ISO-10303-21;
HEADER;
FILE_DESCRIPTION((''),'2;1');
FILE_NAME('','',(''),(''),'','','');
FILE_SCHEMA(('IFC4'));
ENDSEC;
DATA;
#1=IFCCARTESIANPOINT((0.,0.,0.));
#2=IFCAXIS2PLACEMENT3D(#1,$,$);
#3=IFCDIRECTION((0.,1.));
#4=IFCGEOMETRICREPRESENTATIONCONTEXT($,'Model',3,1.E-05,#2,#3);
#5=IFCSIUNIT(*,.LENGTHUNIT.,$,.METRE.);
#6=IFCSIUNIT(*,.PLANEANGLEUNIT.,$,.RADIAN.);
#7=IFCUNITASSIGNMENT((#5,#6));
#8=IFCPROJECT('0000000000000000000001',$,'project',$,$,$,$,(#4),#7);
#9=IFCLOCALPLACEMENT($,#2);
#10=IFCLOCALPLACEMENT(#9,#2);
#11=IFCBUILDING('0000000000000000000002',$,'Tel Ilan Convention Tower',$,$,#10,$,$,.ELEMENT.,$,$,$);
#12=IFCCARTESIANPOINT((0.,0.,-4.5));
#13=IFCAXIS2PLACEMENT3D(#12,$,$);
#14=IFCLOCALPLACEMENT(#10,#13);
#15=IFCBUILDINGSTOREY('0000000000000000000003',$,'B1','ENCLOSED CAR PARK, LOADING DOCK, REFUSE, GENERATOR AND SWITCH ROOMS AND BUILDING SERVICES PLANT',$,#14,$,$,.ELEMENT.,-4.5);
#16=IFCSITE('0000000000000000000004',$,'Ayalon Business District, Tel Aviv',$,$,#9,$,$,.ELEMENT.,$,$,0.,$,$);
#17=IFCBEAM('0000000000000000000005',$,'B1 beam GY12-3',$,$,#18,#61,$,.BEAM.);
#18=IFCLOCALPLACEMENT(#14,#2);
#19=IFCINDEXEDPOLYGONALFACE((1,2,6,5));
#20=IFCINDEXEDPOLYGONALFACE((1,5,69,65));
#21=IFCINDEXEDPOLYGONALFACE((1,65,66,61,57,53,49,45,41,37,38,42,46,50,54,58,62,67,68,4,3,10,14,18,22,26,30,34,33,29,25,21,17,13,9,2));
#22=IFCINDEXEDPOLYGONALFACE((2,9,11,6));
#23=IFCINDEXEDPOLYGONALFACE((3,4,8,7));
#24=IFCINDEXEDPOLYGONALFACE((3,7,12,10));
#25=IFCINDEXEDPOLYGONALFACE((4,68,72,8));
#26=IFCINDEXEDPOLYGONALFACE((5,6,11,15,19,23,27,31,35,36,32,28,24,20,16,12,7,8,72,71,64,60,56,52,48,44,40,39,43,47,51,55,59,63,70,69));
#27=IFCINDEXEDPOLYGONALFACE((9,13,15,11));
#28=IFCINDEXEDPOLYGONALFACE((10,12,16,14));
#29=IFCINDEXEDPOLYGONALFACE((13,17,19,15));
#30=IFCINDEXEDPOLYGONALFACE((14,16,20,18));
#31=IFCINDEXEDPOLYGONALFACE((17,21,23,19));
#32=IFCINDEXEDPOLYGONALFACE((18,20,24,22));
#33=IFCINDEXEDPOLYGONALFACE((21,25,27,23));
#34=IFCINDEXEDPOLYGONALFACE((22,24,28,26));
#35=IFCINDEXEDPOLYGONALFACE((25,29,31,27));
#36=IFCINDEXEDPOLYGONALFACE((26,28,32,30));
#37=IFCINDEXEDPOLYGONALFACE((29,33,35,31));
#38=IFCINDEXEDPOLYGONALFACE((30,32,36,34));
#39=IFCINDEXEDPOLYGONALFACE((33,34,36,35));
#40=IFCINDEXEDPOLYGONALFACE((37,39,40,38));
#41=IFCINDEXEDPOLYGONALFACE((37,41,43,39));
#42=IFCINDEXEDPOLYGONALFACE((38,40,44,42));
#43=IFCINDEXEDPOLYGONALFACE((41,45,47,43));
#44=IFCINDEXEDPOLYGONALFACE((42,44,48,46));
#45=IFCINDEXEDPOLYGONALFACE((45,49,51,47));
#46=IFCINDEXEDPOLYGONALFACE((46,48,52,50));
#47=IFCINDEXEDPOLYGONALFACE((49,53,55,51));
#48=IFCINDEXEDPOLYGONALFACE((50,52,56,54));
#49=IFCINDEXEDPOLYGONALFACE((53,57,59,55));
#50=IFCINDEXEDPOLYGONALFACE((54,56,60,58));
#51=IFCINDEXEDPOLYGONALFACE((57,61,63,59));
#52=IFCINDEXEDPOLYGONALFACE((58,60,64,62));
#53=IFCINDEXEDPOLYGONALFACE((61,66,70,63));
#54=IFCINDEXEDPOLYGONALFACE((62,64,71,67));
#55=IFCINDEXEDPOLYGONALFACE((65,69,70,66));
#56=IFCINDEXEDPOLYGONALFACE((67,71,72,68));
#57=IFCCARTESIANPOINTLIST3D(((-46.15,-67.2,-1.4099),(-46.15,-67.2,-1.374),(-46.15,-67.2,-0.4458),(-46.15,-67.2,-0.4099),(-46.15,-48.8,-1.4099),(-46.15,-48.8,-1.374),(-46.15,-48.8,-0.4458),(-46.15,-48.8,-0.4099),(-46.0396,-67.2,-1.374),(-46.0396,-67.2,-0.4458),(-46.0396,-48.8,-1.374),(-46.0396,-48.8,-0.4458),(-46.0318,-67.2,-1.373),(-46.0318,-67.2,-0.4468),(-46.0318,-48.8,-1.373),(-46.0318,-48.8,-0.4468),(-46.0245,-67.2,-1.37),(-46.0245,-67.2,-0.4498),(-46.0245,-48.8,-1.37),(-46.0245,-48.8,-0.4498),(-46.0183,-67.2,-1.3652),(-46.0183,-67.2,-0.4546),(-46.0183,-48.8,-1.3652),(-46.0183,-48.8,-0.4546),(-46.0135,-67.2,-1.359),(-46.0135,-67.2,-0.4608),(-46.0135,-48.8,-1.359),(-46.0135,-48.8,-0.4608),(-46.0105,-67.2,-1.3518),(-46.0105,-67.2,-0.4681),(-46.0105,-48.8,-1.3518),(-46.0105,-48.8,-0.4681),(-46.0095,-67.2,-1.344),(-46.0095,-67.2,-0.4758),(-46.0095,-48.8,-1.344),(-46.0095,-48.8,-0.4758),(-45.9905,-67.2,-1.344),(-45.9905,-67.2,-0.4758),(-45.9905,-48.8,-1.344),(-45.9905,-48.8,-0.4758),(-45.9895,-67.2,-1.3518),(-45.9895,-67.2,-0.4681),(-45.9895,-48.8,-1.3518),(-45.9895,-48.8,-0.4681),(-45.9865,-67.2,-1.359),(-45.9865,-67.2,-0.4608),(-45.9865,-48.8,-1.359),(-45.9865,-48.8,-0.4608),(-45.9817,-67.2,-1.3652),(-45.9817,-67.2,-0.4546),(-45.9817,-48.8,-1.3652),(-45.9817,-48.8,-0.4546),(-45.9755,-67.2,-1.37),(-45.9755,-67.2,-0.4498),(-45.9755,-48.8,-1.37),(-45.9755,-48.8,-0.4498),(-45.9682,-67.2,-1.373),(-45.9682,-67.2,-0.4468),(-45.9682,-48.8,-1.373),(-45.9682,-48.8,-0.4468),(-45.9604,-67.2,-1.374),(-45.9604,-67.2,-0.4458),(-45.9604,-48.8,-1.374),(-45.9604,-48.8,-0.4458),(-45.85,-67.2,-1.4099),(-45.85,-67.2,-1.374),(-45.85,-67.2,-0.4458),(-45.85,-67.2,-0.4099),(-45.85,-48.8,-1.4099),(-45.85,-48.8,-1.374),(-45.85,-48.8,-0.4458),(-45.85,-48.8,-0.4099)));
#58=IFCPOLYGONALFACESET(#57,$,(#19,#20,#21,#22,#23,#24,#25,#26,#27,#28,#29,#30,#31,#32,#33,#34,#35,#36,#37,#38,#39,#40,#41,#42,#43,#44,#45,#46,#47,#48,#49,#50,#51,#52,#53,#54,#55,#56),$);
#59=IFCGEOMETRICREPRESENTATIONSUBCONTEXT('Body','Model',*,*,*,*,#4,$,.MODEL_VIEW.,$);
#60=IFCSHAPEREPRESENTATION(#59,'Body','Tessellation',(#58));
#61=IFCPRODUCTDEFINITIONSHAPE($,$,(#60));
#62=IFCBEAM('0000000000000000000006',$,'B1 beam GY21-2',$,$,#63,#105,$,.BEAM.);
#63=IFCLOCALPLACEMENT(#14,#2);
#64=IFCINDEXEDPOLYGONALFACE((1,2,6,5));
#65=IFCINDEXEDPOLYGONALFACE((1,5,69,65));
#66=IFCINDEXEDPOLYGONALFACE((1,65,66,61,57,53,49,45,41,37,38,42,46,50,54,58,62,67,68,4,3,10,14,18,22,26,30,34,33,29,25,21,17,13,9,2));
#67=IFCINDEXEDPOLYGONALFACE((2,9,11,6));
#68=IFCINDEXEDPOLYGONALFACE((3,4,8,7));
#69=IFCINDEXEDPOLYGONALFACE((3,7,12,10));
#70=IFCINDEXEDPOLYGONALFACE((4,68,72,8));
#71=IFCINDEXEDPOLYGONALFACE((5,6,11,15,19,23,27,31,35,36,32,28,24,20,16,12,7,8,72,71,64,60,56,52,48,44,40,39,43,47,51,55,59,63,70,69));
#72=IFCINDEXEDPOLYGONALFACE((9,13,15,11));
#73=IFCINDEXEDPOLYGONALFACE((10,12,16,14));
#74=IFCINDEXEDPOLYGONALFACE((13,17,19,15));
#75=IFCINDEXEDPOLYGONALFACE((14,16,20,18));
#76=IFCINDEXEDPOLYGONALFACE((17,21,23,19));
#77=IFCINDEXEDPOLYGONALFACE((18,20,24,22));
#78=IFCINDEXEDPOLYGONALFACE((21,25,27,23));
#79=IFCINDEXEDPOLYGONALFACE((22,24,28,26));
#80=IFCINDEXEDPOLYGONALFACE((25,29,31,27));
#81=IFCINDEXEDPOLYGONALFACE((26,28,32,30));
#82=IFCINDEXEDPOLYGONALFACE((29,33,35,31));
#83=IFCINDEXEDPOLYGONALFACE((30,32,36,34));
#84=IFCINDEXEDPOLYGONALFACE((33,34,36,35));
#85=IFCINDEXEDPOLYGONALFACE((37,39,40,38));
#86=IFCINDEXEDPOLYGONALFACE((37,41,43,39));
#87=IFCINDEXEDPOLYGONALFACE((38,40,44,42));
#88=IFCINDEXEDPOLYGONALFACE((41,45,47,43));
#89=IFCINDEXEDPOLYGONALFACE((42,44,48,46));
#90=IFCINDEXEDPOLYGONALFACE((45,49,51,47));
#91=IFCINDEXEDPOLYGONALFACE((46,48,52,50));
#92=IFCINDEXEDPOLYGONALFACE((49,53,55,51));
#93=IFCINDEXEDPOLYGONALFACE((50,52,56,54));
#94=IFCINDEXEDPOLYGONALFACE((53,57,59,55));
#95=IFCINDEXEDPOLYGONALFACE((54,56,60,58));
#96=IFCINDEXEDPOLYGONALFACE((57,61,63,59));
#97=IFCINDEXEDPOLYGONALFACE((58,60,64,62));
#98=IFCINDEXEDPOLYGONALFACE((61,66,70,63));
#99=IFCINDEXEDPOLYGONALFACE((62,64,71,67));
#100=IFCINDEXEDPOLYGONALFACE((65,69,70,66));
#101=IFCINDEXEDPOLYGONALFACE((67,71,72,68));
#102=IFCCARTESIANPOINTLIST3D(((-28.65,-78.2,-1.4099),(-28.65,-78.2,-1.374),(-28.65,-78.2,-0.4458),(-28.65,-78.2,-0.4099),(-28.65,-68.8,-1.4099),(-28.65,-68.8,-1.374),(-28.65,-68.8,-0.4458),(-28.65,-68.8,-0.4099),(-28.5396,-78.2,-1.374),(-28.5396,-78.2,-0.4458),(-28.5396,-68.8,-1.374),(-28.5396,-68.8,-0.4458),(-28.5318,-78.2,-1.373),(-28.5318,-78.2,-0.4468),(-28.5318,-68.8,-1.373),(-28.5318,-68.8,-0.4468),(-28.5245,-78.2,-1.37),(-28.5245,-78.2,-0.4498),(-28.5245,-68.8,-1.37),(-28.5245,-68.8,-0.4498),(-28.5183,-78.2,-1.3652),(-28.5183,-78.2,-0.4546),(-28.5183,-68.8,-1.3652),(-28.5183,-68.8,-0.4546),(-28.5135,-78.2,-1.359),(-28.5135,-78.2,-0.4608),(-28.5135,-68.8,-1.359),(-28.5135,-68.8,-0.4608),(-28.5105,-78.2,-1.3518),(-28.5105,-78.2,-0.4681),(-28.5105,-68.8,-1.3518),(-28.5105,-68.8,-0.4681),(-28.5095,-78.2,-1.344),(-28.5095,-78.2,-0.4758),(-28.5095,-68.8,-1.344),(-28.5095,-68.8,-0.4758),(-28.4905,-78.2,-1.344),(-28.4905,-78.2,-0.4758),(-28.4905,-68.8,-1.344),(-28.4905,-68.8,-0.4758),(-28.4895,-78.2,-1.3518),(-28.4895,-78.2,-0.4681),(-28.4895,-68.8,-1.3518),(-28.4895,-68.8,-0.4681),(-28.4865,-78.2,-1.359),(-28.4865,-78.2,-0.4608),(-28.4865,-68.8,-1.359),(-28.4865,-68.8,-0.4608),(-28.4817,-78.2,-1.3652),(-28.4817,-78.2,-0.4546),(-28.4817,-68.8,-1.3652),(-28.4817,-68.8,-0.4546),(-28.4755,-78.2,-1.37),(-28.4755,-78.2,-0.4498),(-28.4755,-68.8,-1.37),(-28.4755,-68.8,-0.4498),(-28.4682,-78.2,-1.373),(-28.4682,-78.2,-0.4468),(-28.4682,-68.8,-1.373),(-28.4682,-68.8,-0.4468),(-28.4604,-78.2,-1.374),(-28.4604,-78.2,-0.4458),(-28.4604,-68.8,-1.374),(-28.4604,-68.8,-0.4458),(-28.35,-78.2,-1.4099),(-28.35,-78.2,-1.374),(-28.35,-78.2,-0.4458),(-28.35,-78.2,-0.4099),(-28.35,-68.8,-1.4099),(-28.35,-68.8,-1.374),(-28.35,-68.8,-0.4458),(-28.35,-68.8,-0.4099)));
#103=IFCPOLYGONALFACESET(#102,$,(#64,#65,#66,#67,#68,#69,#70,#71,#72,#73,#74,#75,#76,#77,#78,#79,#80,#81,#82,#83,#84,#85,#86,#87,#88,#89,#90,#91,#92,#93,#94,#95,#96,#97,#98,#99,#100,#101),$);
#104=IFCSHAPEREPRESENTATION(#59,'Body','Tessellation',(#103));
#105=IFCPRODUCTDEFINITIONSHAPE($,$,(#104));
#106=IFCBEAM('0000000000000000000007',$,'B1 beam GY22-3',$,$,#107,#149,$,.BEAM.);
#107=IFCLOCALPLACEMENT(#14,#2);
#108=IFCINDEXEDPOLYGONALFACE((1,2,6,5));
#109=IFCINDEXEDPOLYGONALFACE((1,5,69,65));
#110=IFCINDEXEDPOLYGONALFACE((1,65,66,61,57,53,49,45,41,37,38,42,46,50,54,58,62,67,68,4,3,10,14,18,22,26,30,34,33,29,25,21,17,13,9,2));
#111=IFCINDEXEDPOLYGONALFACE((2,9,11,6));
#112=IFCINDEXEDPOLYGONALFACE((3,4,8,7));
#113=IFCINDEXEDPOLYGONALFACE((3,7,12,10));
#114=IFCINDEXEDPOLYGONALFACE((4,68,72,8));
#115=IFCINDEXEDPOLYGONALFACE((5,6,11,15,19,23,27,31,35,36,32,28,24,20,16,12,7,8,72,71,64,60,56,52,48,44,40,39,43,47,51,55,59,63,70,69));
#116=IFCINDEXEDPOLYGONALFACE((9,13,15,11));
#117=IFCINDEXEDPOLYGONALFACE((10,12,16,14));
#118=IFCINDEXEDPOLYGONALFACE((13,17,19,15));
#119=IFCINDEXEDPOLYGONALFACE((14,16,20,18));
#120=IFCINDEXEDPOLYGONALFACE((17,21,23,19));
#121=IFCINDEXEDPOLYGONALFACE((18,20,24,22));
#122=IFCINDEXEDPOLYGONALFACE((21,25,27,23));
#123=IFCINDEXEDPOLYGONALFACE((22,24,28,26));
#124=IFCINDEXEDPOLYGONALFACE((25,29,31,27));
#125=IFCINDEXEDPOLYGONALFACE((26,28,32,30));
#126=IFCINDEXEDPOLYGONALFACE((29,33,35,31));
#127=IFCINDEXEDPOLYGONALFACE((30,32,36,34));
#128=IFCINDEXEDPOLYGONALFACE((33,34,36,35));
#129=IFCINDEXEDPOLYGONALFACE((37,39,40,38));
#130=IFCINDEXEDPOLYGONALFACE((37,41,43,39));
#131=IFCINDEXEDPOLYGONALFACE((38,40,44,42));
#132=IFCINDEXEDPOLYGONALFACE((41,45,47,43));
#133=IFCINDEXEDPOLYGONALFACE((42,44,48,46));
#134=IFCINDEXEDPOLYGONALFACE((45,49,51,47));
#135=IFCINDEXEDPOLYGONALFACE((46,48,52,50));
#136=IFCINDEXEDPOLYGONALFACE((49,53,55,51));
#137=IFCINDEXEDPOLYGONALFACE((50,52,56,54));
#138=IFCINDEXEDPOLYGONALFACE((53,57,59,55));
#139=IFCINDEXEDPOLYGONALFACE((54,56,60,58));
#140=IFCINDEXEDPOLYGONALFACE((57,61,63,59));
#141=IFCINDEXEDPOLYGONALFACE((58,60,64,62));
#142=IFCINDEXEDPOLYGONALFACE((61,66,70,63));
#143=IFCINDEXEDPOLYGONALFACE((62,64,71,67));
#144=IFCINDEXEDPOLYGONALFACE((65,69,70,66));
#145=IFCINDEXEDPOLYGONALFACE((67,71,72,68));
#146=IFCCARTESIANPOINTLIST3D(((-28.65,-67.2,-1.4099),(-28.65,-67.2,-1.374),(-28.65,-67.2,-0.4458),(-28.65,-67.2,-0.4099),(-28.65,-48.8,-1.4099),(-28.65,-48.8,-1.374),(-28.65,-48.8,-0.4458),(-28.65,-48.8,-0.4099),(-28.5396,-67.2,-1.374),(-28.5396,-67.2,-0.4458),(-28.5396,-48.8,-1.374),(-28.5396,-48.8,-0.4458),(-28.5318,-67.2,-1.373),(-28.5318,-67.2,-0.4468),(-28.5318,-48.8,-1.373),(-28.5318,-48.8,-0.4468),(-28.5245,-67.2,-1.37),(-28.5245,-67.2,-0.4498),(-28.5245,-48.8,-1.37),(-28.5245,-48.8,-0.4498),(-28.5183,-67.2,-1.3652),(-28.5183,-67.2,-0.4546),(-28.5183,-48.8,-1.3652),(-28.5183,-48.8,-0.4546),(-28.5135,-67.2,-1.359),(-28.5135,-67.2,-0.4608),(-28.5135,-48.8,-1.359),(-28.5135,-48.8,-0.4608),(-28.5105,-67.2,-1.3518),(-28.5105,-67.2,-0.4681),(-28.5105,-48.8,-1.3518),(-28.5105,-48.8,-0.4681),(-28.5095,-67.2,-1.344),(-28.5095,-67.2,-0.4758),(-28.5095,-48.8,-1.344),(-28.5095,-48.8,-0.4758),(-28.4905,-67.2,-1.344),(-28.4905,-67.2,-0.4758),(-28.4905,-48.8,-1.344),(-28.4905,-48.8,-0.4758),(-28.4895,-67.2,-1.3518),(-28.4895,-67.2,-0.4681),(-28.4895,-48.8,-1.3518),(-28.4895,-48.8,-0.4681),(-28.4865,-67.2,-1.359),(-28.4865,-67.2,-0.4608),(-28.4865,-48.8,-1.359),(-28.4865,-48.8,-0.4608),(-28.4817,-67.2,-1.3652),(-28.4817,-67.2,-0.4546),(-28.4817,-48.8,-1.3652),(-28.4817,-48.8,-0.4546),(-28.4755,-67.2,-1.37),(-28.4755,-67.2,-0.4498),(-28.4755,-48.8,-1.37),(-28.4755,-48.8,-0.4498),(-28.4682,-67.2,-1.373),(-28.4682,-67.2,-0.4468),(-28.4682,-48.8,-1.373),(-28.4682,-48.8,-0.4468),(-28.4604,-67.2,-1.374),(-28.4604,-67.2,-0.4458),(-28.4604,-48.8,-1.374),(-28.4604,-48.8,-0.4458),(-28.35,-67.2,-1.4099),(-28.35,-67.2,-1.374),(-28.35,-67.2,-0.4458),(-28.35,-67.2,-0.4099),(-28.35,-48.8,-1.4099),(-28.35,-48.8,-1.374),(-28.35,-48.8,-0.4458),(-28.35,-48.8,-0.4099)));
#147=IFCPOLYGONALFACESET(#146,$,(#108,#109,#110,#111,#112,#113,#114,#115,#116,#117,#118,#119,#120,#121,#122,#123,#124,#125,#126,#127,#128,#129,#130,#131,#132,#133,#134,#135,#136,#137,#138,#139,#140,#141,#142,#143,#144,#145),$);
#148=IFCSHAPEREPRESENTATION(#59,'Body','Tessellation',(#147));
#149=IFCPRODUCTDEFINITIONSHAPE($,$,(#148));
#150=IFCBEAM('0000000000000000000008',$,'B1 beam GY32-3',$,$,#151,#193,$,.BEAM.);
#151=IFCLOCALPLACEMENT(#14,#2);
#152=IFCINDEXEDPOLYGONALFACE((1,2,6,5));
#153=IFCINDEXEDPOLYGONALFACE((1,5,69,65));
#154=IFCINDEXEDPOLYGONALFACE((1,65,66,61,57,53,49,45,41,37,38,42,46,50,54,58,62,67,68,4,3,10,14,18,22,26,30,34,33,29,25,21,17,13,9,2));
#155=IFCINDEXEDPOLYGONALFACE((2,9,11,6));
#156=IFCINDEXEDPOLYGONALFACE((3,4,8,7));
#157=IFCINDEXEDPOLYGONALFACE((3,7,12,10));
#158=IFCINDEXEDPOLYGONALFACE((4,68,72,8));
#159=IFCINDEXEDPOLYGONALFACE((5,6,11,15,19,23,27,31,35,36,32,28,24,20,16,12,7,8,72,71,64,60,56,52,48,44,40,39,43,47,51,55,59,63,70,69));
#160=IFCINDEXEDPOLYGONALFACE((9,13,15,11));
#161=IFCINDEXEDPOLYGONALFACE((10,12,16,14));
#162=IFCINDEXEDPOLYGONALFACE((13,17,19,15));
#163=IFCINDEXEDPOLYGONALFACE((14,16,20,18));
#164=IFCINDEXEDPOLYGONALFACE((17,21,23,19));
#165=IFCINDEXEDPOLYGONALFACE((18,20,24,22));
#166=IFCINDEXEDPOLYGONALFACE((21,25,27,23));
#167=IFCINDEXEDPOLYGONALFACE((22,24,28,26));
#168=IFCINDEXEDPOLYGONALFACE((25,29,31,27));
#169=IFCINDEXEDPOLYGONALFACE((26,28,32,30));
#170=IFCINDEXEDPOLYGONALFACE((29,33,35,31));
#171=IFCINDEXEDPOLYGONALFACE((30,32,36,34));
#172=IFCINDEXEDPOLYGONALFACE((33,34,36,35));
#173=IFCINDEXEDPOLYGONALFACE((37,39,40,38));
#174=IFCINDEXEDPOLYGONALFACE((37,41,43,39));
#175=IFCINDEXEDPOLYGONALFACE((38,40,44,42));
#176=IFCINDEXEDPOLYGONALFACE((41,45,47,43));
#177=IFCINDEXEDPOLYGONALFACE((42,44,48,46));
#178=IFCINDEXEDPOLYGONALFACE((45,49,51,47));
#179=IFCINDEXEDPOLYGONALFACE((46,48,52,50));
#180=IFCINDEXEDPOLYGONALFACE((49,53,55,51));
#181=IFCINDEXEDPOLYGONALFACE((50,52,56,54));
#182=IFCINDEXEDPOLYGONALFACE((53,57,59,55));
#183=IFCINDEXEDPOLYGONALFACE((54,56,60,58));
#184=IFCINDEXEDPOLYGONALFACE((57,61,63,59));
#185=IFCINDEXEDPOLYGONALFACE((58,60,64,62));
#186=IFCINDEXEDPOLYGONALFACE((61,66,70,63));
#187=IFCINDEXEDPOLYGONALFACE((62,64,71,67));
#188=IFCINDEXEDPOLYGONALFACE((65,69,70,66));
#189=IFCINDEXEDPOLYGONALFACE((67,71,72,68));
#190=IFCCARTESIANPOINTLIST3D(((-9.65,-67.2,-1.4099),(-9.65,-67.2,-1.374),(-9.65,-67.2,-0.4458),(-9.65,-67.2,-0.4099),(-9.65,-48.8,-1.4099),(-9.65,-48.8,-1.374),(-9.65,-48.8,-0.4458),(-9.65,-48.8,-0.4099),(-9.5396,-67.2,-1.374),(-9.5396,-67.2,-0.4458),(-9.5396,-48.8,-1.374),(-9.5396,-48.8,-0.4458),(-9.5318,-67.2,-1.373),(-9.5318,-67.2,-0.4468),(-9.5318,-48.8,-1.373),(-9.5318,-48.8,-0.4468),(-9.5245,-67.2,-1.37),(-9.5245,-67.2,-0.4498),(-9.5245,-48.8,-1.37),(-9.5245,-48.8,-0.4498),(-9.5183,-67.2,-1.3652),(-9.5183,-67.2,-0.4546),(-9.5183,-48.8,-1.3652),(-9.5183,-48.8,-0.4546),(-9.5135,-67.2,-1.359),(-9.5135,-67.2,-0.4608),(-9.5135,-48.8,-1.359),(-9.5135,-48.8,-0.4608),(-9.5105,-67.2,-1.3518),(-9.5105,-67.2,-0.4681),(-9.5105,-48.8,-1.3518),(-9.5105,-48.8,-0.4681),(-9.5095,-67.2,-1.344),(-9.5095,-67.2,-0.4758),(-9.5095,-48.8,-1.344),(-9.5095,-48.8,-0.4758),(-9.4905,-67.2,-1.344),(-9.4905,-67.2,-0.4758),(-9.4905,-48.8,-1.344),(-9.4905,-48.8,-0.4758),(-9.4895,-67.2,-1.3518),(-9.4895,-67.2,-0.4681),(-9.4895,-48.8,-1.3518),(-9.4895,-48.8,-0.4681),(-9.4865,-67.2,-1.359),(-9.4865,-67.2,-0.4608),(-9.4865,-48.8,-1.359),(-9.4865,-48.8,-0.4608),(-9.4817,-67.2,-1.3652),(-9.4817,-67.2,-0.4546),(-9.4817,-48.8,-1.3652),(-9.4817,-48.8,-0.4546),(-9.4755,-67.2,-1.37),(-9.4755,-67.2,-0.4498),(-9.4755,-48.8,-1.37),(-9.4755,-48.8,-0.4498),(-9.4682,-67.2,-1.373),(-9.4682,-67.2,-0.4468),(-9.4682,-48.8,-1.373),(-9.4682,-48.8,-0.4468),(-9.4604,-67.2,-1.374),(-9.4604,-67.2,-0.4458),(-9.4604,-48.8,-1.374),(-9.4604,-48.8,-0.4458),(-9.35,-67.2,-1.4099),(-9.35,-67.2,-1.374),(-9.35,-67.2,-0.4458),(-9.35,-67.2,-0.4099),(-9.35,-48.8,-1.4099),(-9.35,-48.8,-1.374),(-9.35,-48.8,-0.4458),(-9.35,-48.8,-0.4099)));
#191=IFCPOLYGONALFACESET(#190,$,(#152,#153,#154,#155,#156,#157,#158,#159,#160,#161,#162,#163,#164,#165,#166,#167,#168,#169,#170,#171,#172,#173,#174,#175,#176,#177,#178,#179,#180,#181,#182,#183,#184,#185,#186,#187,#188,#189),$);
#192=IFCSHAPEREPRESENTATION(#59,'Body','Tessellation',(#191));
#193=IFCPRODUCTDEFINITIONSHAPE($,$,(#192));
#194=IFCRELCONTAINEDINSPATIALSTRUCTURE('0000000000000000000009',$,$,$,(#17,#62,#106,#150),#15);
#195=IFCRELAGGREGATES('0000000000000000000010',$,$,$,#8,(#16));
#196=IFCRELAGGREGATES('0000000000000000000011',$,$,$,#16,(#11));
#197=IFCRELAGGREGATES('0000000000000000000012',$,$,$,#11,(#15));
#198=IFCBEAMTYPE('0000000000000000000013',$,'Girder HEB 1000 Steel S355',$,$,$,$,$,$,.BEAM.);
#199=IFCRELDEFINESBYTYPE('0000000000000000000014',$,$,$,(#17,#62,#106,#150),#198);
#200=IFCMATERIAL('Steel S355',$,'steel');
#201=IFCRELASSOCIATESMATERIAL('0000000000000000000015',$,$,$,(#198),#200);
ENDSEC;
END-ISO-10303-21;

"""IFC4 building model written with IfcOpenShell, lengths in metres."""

from ifc_helpers import new_model, si_unit, direction, frame, origin, origin_2d, place, context, subcontext, project, spatial, i_section, extrude, material, material_profile, profile_set, type_object, element, save


model = new_model("IFC4")

# Units and contexts
model_context = context("Model", 3, precision=1e-05, world=origin(), true_north=direction((0.0, 1.0)))
body_context = subcontext(model_context, "Body", "Model", "MODEL_VIEW")
ifc_project = project(units=[si_unit("LENGTHUNIT", "METRE"), si_unit("PLANEANGLEUNIT", "RADIAN")], contexts=[model_context])

# Site, building, storey
site_placement = place(None, origin())
site = spatial("IfcSite", under=ifc_project, at=site_placement, Name="Ayalon Business District, Tel Aviv", CompositionType="ELEMENT", RefElevation=0.0)
building_placement = place(site_placement, origin())
building = spatial("IfcBuilding", under=site, at=building_placement, Name="Tel Ilan Convention Tower", CompositionType="ELEMENT")
storey_placement = place(building_placement, frame((0.0, 0.0, -4.5)))
storey = spatial("IfcBuildingStorey", under=building, at=storey_placement, Name="B1", Description="ENCLOSED CAR PARK, LOADING DOCK, REFUSE, GENERATOR AND SWITCH ROOMS AND BUILDING SERVICES PLANT", CompositionType="ELEMENT", Elevation=-4.5)

# Beams
ifc_material_1 = material(Name="Steel S355", Category="steel")
ifc_material_profile_1 = material_profile(ifc_material_1, i_section(OverallWidth=0.3, OverallDepth=1.0, WebThickness=0.019, FlangeThickness=0.0359, FilletRadius=0.03, at=origin_2d()), Name="HEB 1000")
ifc_profile_set_1 = profile_set([ifc_material_profile_1], Name="Steel S355")
beam_type_1 = type_object("IfcBeamType", Name="Girder HEB 1000 Steel S355", PredefinedType="BEAM", material=ifc_profile_set_1)
beam_1_placement = place(storey_placement, frame((-46.0, -67.2, -0.9099), z_axis=(0.0, 1.0, 0.0), x_axis=(-1.0, 0.0, 0.0)))
element("IfcBeam", 1, at=beam_1_placement, inside=storey, type_object=beam_type_1, Name="B1 beam GY12-3", PredefinedType="BEAM", context=body_context, shape_type="SweptSolid", body=[
    extrude(i_section(OverallWidth=0.3, OverallDepth=1.0, WebThickness=0.019, FlangeThickness=0.0359, FilletRadius=0.03, at=origin_2d()), origin(), (0.0, 0.0, 1.0), 18.3999),
])
beam_2_placement = place(storey_placement, frame((-28.5, -78.2, -0.9099), z_axis=(0.0, 1.0, 0.0), x_axis=(-1.0, 0.0, 0.0)))
element("IfcBeam", 2, at=beam_2_placement, inside=storey, type_object=beam_type_1, Name="B1 beam GY21-2", PredefinedType="BEAM", context=body_context, shape_type="SweptSolid", body=[
    extrude(i_section(OverallWidth=0.3, OverallDepth=1.0, WebThickness=0.019, FlangeThickness=0.0359, FilletRadius=0.03, at=origin_2d()), origin(), (0.0, 0.0, 1.0), 9.3999),
])
for number, where, z_axis, x_axis, name in (
    (3, (-28.5, -67.2, -0.9099), (0.0, 1.0, 0.0), (-1.0, 0.0, 0.0), "B1 beam GY22-3"),
    (4, (-9.5, -67.2, -0.9099), (0.0, 1.0, 0.0), (-1.0, 0.0, 0.0), "B1 beam GY32-3"),
):
    element("IfcBeam", number, at=place(storey_placement, frame(where, z_axis=z_axis, x_axis=x_axis)), inside=storey, type_object=beam_type_1, Name=name, PredefinedType="BEAM", context=body_context, shape_type="SweptSolid", body=[
        extrude(i_section(OverallWidth=0.3, OverallDepth=1.0, WebThickness=0.019, FlangeThickness=0.0359, FilletRadius=0.03, at=origin_2d()), origin(), (0.0, 0.0, 1.0), 18.3999),
    ])

save(model, "model.ifc")
